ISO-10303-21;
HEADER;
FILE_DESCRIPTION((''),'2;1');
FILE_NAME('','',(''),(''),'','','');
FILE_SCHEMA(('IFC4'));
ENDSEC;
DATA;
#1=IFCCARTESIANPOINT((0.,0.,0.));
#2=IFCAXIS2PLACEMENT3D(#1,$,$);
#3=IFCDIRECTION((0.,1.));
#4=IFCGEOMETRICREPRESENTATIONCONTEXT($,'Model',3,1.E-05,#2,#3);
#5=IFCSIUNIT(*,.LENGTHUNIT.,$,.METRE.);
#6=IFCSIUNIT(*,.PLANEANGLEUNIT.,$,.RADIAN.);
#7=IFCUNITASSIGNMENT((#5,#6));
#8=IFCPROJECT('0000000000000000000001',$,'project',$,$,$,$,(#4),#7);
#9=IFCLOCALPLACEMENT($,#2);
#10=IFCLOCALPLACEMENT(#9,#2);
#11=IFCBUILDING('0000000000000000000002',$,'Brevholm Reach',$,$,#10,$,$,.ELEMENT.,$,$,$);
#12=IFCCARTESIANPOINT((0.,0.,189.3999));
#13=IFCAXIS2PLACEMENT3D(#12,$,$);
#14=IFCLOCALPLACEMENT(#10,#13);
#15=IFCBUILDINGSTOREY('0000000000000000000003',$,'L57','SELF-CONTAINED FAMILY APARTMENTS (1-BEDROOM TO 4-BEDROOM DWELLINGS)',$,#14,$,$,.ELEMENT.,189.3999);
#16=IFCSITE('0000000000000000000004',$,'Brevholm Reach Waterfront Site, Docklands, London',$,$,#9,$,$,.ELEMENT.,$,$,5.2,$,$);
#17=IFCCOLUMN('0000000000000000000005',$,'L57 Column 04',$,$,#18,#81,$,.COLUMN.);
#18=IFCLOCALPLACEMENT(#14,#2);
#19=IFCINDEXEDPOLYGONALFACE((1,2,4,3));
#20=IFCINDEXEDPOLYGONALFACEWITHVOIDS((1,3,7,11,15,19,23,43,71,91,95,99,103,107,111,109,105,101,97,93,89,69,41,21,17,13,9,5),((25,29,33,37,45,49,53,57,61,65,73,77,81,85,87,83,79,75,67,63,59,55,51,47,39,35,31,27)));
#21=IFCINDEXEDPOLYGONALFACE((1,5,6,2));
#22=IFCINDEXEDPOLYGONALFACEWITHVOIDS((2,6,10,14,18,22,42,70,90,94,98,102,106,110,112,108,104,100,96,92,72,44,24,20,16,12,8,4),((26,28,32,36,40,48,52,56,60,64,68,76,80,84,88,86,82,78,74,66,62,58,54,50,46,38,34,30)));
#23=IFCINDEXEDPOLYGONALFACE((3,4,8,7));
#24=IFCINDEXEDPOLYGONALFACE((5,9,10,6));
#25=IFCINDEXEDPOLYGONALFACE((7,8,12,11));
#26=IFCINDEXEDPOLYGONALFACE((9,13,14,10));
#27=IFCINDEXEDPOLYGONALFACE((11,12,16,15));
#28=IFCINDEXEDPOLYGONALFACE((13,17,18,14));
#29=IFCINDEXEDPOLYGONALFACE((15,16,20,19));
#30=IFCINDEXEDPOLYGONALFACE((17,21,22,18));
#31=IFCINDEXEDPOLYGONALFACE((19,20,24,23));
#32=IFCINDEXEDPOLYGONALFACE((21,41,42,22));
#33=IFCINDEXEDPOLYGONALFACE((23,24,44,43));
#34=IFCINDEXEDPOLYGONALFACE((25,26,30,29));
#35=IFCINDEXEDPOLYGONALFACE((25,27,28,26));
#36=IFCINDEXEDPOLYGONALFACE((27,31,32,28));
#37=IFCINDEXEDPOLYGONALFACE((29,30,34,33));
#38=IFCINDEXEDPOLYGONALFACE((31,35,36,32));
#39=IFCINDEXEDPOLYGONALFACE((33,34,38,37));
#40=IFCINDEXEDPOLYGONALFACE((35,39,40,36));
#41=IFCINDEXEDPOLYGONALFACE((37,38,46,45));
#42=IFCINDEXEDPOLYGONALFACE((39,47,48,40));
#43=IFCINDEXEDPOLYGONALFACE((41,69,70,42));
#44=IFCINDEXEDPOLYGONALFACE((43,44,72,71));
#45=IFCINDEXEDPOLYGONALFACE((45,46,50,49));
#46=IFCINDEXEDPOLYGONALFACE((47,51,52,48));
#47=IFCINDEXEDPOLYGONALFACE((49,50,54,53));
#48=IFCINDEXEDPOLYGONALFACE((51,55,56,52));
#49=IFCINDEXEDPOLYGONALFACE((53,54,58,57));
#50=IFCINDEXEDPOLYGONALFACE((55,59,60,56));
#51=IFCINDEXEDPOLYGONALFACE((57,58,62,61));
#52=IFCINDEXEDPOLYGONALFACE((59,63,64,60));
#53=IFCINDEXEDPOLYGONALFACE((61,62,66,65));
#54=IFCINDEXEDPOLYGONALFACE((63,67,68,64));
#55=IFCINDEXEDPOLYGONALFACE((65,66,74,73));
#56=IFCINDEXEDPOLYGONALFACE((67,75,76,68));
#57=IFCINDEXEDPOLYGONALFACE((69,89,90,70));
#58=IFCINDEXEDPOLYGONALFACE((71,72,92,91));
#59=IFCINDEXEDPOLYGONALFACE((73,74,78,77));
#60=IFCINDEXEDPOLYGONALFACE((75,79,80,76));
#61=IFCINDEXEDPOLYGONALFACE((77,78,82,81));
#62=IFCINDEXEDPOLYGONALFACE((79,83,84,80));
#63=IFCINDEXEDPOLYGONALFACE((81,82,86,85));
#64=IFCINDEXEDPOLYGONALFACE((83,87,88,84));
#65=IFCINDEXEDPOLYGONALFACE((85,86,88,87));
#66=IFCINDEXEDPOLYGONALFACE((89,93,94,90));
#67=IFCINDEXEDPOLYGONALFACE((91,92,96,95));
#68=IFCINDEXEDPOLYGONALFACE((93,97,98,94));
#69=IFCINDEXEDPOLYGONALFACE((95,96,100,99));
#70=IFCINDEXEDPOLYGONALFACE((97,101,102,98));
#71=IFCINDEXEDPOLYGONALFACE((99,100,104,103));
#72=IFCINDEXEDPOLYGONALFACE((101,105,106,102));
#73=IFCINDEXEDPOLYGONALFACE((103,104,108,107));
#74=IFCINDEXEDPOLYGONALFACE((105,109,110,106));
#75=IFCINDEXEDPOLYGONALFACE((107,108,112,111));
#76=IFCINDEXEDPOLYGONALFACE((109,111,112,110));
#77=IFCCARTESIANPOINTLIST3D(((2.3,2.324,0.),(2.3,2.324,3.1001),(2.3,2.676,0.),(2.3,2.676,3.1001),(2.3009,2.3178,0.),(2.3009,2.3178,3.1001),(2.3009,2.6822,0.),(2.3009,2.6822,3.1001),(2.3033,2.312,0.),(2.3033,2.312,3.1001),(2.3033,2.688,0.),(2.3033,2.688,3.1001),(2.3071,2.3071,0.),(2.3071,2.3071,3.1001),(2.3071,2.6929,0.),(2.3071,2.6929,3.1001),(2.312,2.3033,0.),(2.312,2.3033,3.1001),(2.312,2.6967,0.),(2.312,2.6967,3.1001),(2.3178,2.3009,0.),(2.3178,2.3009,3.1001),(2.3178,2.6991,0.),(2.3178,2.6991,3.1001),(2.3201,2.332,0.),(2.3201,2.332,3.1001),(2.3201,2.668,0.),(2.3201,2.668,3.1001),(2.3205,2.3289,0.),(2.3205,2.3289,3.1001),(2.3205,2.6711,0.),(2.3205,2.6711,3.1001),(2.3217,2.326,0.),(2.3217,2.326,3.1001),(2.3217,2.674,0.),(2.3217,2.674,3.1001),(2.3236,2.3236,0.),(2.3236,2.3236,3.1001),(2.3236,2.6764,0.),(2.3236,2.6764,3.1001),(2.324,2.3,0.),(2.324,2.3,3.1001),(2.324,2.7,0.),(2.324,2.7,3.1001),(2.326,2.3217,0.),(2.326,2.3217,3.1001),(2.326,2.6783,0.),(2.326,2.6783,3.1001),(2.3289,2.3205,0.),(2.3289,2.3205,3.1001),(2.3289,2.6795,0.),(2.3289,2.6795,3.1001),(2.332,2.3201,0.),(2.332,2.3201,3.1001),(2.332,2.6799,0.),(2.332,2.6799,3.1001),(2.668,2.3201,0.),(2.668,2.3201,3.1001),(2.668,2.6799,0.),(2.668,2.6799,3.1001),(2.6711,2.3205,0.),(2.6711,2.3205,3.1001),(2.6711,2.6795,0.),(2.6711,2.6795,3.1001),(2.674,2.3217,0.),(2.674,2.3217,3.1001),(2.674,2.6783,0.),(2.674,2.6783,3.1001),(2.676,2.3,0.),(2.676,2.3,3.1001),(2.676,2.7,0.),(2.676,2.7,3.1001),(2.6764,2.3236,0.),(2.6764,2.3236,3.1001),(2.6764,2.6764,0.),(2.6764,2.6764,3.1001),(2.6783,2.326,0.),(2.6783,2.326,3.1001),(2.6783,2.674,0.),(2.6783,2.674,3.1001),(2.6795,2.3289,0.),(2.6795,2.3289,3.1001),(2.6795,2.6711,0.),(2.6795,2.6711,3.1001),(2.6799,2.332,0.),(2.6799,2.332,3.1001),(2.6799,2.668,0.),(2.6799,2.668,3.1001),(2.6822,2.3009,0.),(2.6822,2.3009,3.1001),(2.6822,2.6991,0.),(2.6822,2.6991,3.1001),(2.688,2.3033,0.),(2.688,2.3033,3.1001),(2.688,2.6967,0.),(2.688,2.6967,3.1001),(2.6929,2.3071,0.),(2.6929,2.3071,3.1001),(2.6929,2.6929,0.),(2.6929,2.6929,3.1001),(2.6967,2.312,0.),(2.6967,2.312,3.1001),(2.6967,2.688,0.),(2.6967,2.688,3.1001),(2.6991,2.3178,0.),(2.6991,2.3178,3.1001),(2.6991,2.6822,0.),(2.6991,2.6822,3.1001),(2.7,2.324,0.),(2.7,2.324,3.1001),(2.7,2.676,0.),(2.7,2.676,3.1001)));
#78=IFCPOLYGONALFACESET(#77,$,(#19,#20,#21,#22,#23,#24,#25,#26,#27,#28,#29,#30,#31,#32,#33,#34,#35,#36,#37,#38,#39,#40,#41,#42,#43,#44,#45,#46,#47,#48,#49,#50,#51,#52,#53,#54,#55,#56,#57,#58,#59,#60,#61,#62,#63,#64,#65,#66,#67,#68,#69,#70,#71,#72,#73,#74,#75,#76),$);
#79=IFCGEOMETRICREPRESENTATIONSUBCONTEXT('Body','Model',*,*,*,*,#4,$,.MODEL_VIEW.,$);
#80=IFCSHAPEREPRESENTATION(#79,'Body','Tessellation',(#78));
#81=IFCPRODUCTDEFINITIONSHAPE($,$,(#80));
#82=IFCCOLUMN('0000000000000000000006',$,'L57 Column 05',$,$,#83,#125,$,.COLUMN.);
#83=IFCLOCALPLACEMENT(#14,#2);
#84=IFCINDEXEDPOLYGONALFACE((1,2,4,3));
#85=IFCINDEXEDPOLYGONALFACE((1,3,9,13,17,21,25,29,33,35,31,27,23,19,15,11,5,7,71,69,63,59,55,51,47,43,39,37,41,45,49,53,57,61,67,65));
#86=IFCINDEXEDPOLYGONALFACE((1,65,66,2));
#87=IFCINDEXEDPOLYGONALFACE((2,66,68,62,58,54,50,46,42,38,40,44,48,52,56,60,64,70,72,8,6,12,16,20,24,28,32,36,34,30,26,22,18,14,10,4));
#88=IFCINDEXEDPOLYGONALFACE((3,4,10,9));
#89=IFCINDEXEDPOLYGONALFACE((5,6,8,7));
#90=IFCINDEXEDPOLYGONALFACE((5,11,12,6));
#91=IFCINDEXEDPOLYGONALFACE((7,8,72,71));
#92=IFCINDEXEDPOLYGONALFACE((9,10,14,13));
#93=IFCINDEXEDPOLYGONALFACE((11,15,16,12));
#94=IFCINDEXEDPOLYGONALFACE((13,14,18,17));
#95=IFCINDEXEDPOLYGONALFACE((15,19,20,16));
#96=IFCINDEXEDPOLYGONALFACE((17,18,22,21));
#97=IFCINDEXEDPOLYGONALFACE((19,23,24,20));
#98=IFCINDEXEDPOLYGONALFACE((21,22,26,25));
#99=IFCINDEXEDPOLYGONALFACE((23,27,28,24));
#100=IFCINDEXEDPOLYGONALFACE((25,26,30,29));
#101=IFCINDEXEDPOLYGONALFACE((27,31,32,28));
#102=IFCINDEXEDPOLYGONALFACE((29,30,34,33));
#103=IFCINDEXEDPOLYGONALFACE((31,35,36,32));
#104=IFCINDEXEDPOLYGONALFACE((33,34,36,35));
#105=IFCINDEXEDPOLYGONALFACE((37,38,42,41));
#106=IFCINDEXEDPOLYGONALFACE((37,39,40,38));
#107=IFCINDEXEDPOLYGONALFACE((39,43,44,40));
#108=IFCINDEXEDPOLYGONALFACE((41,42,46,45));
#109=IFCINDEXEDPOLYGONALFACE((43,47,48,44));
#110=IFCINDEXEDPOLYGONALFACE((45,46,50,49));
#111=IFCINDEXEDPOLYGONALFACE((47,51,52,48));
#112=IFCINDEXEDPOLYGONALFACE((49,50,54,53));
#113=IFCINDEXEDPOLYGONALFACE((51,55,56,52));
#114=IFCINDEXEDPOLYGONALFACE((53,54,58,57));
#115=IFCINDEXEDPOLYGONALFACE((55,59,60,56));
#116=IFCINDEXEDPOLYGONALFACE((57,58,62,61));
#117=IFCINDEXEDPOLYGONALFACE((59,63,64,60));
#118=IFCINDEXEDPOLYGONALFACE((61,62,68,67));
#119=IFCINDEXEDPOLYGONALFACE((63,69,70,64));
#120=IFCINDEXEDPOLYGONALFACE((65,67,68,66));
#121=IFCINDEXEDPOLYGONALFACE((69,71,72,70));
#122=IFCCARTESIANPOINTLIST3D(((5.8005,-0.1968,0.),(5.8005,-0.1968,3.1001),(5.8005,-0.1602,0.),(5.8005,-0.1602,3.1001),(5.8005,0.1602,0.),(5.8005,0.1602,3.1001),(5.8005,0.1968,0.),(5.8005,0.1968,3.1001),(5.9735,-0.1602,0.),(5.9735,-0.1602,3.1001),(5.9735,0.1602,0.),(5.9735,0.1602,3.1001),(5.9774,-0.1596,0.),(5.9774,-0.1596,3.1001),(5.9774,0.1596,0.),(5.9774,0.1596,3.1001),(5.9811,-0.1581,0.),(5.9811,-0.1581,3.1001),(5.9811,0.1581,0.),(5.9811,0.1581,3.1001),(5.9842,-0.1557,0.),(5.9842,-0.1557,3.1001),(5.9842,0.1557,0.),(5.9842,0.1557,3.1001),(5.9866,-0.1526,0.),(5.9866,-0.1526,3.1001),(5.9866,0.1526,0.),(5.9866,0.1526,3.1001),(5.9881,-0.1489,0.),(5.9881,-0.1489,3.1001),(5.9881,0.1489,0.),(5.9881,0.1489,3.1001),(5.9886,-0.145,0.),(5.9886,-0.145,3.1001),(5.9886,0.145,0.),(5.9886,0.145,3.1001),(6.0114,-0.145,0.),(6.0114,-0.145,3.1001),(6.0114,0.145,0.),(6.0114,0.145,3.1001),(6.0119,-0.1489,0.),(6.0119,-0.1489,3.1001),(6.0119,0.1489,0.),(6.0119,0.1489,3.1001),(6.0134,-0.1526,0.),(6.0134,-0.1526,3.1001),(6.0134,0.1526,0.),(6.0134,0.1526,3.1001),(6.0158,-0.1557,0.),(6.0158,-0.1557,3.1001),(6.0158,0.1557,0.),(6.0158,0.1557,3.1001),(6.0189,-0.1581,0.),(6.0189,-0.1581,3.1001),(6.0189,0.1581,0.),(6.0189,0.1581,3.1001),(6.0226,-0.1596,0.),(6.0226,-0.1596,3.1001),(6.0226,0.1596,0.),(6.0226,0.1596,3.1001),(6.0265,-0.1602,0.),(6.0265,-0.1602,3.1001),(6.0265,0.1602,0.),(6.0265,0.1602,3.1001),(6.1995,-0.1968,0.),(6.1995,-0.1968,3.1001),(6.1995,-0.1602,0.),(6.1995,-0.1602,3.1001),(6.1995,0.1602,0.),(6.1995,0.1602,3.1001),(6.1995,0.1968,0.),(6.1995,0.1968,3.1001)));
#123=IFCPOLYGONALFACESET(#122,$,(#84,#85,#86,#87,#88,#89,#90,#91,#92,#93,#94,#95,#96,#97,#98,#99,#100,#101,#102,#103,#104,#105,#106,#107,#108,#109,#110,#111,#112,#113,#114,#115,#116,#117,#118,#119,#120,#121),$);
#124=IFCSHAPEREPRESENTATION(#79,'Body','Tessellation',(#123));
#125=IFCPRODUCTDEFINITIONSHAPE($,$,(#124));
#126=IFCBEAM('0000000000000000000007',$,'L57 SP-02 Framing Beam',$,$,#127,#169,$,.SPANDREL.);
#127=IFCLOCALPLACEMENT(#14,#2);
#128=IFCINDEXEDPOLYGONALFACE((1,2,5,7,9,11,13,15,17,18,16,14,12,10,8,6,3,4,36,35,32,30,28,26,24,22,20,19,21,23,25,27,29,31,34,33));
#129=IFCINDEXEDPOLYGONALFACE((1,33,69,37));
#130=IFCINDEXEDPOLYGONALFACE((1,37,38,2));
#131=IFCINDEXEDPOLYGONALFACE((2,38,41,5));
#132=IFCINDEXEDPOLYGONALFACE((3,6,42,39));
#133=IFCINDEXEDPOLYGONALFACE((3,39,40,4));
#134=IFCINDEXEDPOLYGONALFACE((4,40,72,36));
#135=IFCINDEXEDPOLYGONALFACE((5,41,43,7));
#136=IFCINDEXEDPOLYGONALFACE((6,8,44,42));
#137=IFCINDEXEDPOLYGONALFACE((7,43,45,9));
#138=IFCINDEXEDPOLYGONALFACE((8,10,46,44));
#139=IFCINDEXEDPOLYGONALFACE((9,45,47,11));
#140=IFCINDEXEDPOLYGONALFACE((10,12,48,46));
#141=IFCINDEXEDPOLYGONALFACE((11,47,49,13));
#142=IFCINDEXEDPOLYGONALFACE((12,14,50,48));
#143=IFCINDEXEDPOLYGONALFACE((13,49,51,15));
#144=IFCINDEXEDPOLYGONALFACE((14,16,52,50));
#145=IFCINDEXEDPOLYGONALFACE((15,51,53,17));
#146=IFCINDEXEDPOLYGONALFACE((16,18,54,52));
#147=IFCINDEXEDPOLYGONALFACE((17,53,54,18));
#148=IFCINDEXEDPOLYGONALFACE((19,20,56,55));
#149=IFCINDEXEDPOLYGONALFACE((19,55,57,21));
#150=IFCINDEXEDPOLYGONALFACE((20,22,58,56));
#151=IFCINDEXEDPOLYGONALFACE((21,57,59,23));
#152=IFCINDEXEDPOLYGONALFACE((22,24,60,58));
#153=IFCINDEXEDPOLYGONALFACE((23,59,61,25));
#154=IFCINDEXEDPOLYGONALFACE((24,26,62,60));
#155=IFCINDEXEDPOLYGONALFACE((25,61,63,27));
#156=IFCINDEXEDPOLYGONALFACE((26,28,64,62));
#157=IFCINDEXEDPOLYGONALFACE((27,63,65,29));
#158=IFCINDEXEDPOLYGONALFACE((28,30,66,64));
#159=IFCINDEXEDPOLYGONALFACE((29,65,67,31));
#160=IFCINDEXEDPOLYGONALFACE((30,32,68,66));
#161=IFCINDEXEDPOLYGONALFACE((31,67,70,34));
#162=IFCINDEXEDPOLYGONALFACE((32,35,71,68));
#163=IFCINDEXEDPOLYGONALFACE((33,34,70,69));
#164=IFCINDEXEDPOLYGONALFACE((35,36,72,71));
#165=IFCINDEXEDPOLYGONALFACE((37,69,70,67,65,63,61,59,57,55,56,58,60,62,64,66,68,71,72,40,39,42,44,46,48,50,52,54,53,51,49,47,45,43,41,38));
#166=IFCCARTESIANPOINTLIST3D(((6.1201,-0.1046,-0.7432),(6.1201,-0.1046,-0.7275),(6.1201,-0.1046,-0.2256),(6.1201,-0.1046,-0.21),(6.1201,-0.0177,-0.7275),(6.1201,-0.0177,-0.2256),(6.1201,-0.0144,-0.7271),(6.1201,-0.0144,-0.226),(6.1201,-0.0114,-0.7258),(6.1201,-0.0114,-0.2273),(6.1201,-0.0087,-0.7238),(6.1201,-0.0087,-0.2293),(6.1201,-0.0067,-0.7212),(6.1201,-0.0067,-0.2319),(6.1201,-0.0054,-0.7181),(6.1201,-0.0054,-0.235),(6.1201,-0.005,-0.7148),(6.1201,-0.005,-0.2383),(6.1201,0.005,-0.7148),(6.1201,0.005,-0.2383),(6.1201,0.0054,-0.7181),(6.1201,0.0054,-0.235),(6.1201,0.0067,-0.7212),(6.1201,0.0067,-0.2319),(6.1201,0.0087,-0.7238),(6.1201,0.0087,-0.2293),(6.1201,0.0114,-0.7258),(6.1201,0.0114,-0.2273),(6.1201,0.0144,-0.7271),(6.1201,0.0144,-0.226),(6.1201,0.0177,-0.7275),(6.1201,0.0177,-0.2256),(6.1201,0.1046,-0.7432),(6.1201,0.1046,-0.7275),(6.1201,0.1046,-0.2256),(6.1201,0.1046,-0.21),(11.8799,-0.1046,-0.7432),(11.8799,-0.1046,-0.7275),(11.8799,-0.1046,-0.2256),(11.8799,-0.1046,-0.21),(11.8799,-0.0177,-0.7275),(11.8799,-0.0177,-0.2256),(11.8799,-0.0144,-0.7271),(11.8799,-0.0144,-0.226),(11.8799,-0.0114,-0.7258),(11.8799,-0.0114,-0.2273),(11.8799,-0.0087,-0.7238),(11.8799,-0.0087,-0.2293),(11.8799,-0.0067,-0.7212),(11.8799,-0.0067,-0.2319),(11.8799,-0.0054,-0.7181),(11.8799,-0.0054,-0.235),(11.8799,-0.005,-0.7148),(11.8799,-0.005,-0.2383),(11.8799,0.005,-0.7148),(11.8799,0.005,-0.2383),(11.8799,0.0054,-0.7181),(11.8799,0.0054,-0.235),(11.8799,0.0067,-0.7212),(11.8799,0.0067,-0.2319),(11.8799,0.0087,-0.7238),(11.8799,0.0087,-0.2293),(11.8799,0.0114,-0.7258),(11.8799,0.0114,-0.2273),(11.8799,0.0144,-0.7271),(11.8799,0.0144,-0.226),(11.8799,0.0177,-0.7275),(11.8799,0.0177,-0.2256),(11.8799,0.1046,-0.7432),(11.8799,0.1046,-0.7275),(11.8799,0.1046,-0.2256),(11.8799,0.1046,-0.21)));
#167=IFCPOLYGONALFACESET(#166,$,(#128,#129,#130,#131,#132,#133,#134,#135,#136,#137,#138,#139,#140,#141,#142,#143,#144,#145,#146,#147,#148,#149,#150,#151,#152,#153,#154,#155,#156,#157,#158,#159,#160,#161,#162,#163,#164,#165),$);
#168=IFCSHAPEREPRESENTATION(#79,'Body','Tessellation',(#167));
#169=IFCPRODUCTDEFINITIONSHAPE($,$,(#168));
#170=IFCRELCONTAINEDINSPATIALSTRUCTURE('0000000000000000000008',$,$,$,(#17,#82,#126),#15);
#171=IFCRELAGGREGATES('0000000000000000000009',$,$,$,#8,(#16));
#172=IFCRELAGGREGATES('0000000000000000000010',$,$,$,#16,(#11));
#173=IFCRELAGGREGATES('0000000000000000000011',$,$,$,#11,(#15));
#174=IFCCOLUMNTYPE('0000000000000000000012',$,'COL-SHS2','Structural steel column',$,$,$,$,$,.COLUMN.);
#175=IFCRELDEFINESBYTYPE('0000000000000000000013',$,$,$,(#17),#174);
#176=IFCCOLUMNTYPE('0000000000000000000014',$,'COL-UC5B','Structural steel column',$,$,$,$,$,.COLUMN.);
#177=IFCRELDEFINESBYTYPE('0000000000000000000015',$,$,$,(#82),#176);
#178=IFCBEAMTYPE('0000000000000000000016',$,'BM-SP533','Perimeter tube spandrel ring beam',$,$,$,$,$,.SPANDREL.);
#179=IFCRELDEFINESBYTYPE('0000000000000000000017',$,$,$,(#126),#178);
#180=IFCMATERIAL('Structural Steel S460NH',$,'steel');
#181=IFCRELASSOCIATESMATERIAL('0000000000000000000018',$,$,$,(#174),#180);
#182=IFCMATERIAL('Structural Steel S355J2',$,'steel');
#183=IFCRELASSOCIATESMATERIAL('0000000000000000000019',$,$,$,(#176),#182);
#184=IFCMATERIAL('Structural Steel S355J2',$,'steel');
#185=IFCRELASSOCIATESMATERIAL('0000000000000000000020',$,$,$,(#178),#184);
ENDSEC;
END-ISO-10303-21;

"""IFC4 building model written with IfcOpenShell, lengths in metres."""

from ifc_helpers import new_model, si_unit, direction, frame, origin, origin_2d, place, context, subcontext, project, spatial, hollow_rectangle, i_section, extrude, material, material_profile, profile_set, type_object, element, save


model = new_model("IFC4")

# Units and contexts
model_context = context("Model", 3, precision=1e-05, world=origin(), true_north=direction((0.0, 1.0)))
body_context = subcontext(model_context, "Body", "Model", "MODEL_VIEW")
ifc_project = project(units=[si_unit("LENGTHUNIT", "METRE"), si_unit("PLANEANGLEUNIT", "RADIAN")], contexts=[model_context])

# Site, building, storey
site_placement = place(None, origin())
site = spatial("IfcSite", under=ifc_project, at=site_placement, Name="Brevholm Reach Waterfront Site, Docklands, London", CompositionType="ELEMENT", RefElevation=5.2)
building_placement = place(site_placement, origin())
building = spatial("IfcBuilding", under=site, at=building_placement, Name="Brevholm Reach", CompositionType="ELEMENT")
storey_placement = place(building_placement, frame((0.0, 0.0, 189.3999)))
storey = spatial("IfcBuildingStorey", under=building, at=storey_placement, Name="L57", Description="SELF-CONTAINED FAMILY APARTMENTS (1-BEDROOM TO 4-BEDROOM DWELLINGS)", CompositionType="ELEMENT", Elevation=189.3999)

# Columns
ifc_material_1 = material(Name="Structural Steel S460NH", Category="steel")
ifc_material_profile_1 = material_profile(ifc_material_1, hollow_rectangle(XDim=0.3999, YDim=0.3999, WallThickness=0.02, InnerFilletRadius=0.012, OuterFilletRadius=0.0239, at=origin_2d()), Name="SHS 400x400x20")
ifc_profile_set_1 = profile_set([ifc_material_profile_1], Name="Structural Steel S460NH")
column_type_1 = type_object("IfcColumnType", Name="COL-SHS2", Description="Structural steel column", PredefinedType="COLUMN", material=ifc_profile_set_1)
column_1_placement = place(storey_placement, frame((2.5, 2.5, 0.0), z_axis=(0.0, 0.0, 1.0), x_axis=(1.0, 0.0, 0.0)))
element("IfcColumn", 1, at=column_1_placement, inside=storey, type_object=column_type_1, Name="L57 Column 04", PredefinedType="COLUMN", context=body_context, shape_type="SweptSolid", body=[
    extrude(hollow_rectangle(XDim=0.3999, YDim=0.3999, WallThickness=0.02, InnerFilletRadius=0.012, OuterFilletRadius=0.0239, at=origin_2d()), origin(), (0.0, 0.0, 1.0), 3.1001),
])
ifc_material_2 = material(Name="Structural Steel S355J2", Category="steel")
ifc_material_profile_2 = material_profile(ifc_material_2, i_section(OverallWidth=0.3989, OverallDepth=0.3936, WebThickness=0.0227, FlangeThickness=0.0366, FilletRadius=0.0151, at=origin_2d()), Name="UKC 356x406x287")
ifc_profile_set_2 = profile_set([ifc_material_profile_2], Name="Structural Steel S355J2")
column_type_2 = type_object("IfcColumnType", Name="COL-UC5B", Description="Structural steel column", PredefinedType="COLUMN", material=ifc_profile_set_2)
column_2_placement = place(storey_placement, frame((6.0, 0.0, 0.0), z_axis=(0.0, 0.0, 1.0), x_axis=(1.0, 0.0, 0.0)))
element("IfcColumn", 2, at=column_2_placement, inside=storey, type_object=column_type_2, Name="L57 Column 05", PredefinedType="COLUMN", context=body_context, shape_type="SweptSolid", body=[
    extrude(i_section(OverallWidth=0.3989, OverallDepth=0.3936, WebThickness=0.0227, FlangeThickness=0.0366, FilletRadius=0.0151, at=origin_2d()), origin(), (0.0, 0.0, 1.0), 3.1001),
])

# Beam
ifc_material_3 = material(Name="Structural Steel S355J2", Category="steel")
ifc_material_profile_3 = material_profile(ifc_material_3, i_section(OverallWidth=0.2092, OverallDepth=0.5332, WebThickness=0.01, FlangeThickness=0.0156, FilletRadius=0.0127, at=origin_2d()), Name="UKB 533x210x92")
ifc_profile_set_3 = profile_set([ifc_material_profile_3], Name="Structural Steel S355J2")
beam_type_1 = type_object("IfcBeamType", Name="BM-SP533", Description="Perimeter tube spandrel ring beam", PredefinedType="SPANDREL", material=ifc_profile_set_3)
beam_1_placement = place(storey_placement, frame((6.1201, 0.0, -0.4766), z_axis=(1.0, 0.0, 0.0), x_axis=(0.0, 1.0, 0.0)))
element("IfcBeam", 3, at=beam_1_placement, inside=storey, type_object=beam_type_1, Name="L57 SP-02 Framing Beam", PredefinedType="SPANDREL", context=body_context, shape_type="SweptSolid", body=[
    extrude(i_section(OverallWidth=0.2092, OverallDepth=0.5332, WebThickness=0.01, FlangeThickness=0.0156, FilletRadius=0.0127, at=origin_2d()), origin(), (0.0, 0.0, 1.0), 5.7598),
])

save(model, "model.ifc")
